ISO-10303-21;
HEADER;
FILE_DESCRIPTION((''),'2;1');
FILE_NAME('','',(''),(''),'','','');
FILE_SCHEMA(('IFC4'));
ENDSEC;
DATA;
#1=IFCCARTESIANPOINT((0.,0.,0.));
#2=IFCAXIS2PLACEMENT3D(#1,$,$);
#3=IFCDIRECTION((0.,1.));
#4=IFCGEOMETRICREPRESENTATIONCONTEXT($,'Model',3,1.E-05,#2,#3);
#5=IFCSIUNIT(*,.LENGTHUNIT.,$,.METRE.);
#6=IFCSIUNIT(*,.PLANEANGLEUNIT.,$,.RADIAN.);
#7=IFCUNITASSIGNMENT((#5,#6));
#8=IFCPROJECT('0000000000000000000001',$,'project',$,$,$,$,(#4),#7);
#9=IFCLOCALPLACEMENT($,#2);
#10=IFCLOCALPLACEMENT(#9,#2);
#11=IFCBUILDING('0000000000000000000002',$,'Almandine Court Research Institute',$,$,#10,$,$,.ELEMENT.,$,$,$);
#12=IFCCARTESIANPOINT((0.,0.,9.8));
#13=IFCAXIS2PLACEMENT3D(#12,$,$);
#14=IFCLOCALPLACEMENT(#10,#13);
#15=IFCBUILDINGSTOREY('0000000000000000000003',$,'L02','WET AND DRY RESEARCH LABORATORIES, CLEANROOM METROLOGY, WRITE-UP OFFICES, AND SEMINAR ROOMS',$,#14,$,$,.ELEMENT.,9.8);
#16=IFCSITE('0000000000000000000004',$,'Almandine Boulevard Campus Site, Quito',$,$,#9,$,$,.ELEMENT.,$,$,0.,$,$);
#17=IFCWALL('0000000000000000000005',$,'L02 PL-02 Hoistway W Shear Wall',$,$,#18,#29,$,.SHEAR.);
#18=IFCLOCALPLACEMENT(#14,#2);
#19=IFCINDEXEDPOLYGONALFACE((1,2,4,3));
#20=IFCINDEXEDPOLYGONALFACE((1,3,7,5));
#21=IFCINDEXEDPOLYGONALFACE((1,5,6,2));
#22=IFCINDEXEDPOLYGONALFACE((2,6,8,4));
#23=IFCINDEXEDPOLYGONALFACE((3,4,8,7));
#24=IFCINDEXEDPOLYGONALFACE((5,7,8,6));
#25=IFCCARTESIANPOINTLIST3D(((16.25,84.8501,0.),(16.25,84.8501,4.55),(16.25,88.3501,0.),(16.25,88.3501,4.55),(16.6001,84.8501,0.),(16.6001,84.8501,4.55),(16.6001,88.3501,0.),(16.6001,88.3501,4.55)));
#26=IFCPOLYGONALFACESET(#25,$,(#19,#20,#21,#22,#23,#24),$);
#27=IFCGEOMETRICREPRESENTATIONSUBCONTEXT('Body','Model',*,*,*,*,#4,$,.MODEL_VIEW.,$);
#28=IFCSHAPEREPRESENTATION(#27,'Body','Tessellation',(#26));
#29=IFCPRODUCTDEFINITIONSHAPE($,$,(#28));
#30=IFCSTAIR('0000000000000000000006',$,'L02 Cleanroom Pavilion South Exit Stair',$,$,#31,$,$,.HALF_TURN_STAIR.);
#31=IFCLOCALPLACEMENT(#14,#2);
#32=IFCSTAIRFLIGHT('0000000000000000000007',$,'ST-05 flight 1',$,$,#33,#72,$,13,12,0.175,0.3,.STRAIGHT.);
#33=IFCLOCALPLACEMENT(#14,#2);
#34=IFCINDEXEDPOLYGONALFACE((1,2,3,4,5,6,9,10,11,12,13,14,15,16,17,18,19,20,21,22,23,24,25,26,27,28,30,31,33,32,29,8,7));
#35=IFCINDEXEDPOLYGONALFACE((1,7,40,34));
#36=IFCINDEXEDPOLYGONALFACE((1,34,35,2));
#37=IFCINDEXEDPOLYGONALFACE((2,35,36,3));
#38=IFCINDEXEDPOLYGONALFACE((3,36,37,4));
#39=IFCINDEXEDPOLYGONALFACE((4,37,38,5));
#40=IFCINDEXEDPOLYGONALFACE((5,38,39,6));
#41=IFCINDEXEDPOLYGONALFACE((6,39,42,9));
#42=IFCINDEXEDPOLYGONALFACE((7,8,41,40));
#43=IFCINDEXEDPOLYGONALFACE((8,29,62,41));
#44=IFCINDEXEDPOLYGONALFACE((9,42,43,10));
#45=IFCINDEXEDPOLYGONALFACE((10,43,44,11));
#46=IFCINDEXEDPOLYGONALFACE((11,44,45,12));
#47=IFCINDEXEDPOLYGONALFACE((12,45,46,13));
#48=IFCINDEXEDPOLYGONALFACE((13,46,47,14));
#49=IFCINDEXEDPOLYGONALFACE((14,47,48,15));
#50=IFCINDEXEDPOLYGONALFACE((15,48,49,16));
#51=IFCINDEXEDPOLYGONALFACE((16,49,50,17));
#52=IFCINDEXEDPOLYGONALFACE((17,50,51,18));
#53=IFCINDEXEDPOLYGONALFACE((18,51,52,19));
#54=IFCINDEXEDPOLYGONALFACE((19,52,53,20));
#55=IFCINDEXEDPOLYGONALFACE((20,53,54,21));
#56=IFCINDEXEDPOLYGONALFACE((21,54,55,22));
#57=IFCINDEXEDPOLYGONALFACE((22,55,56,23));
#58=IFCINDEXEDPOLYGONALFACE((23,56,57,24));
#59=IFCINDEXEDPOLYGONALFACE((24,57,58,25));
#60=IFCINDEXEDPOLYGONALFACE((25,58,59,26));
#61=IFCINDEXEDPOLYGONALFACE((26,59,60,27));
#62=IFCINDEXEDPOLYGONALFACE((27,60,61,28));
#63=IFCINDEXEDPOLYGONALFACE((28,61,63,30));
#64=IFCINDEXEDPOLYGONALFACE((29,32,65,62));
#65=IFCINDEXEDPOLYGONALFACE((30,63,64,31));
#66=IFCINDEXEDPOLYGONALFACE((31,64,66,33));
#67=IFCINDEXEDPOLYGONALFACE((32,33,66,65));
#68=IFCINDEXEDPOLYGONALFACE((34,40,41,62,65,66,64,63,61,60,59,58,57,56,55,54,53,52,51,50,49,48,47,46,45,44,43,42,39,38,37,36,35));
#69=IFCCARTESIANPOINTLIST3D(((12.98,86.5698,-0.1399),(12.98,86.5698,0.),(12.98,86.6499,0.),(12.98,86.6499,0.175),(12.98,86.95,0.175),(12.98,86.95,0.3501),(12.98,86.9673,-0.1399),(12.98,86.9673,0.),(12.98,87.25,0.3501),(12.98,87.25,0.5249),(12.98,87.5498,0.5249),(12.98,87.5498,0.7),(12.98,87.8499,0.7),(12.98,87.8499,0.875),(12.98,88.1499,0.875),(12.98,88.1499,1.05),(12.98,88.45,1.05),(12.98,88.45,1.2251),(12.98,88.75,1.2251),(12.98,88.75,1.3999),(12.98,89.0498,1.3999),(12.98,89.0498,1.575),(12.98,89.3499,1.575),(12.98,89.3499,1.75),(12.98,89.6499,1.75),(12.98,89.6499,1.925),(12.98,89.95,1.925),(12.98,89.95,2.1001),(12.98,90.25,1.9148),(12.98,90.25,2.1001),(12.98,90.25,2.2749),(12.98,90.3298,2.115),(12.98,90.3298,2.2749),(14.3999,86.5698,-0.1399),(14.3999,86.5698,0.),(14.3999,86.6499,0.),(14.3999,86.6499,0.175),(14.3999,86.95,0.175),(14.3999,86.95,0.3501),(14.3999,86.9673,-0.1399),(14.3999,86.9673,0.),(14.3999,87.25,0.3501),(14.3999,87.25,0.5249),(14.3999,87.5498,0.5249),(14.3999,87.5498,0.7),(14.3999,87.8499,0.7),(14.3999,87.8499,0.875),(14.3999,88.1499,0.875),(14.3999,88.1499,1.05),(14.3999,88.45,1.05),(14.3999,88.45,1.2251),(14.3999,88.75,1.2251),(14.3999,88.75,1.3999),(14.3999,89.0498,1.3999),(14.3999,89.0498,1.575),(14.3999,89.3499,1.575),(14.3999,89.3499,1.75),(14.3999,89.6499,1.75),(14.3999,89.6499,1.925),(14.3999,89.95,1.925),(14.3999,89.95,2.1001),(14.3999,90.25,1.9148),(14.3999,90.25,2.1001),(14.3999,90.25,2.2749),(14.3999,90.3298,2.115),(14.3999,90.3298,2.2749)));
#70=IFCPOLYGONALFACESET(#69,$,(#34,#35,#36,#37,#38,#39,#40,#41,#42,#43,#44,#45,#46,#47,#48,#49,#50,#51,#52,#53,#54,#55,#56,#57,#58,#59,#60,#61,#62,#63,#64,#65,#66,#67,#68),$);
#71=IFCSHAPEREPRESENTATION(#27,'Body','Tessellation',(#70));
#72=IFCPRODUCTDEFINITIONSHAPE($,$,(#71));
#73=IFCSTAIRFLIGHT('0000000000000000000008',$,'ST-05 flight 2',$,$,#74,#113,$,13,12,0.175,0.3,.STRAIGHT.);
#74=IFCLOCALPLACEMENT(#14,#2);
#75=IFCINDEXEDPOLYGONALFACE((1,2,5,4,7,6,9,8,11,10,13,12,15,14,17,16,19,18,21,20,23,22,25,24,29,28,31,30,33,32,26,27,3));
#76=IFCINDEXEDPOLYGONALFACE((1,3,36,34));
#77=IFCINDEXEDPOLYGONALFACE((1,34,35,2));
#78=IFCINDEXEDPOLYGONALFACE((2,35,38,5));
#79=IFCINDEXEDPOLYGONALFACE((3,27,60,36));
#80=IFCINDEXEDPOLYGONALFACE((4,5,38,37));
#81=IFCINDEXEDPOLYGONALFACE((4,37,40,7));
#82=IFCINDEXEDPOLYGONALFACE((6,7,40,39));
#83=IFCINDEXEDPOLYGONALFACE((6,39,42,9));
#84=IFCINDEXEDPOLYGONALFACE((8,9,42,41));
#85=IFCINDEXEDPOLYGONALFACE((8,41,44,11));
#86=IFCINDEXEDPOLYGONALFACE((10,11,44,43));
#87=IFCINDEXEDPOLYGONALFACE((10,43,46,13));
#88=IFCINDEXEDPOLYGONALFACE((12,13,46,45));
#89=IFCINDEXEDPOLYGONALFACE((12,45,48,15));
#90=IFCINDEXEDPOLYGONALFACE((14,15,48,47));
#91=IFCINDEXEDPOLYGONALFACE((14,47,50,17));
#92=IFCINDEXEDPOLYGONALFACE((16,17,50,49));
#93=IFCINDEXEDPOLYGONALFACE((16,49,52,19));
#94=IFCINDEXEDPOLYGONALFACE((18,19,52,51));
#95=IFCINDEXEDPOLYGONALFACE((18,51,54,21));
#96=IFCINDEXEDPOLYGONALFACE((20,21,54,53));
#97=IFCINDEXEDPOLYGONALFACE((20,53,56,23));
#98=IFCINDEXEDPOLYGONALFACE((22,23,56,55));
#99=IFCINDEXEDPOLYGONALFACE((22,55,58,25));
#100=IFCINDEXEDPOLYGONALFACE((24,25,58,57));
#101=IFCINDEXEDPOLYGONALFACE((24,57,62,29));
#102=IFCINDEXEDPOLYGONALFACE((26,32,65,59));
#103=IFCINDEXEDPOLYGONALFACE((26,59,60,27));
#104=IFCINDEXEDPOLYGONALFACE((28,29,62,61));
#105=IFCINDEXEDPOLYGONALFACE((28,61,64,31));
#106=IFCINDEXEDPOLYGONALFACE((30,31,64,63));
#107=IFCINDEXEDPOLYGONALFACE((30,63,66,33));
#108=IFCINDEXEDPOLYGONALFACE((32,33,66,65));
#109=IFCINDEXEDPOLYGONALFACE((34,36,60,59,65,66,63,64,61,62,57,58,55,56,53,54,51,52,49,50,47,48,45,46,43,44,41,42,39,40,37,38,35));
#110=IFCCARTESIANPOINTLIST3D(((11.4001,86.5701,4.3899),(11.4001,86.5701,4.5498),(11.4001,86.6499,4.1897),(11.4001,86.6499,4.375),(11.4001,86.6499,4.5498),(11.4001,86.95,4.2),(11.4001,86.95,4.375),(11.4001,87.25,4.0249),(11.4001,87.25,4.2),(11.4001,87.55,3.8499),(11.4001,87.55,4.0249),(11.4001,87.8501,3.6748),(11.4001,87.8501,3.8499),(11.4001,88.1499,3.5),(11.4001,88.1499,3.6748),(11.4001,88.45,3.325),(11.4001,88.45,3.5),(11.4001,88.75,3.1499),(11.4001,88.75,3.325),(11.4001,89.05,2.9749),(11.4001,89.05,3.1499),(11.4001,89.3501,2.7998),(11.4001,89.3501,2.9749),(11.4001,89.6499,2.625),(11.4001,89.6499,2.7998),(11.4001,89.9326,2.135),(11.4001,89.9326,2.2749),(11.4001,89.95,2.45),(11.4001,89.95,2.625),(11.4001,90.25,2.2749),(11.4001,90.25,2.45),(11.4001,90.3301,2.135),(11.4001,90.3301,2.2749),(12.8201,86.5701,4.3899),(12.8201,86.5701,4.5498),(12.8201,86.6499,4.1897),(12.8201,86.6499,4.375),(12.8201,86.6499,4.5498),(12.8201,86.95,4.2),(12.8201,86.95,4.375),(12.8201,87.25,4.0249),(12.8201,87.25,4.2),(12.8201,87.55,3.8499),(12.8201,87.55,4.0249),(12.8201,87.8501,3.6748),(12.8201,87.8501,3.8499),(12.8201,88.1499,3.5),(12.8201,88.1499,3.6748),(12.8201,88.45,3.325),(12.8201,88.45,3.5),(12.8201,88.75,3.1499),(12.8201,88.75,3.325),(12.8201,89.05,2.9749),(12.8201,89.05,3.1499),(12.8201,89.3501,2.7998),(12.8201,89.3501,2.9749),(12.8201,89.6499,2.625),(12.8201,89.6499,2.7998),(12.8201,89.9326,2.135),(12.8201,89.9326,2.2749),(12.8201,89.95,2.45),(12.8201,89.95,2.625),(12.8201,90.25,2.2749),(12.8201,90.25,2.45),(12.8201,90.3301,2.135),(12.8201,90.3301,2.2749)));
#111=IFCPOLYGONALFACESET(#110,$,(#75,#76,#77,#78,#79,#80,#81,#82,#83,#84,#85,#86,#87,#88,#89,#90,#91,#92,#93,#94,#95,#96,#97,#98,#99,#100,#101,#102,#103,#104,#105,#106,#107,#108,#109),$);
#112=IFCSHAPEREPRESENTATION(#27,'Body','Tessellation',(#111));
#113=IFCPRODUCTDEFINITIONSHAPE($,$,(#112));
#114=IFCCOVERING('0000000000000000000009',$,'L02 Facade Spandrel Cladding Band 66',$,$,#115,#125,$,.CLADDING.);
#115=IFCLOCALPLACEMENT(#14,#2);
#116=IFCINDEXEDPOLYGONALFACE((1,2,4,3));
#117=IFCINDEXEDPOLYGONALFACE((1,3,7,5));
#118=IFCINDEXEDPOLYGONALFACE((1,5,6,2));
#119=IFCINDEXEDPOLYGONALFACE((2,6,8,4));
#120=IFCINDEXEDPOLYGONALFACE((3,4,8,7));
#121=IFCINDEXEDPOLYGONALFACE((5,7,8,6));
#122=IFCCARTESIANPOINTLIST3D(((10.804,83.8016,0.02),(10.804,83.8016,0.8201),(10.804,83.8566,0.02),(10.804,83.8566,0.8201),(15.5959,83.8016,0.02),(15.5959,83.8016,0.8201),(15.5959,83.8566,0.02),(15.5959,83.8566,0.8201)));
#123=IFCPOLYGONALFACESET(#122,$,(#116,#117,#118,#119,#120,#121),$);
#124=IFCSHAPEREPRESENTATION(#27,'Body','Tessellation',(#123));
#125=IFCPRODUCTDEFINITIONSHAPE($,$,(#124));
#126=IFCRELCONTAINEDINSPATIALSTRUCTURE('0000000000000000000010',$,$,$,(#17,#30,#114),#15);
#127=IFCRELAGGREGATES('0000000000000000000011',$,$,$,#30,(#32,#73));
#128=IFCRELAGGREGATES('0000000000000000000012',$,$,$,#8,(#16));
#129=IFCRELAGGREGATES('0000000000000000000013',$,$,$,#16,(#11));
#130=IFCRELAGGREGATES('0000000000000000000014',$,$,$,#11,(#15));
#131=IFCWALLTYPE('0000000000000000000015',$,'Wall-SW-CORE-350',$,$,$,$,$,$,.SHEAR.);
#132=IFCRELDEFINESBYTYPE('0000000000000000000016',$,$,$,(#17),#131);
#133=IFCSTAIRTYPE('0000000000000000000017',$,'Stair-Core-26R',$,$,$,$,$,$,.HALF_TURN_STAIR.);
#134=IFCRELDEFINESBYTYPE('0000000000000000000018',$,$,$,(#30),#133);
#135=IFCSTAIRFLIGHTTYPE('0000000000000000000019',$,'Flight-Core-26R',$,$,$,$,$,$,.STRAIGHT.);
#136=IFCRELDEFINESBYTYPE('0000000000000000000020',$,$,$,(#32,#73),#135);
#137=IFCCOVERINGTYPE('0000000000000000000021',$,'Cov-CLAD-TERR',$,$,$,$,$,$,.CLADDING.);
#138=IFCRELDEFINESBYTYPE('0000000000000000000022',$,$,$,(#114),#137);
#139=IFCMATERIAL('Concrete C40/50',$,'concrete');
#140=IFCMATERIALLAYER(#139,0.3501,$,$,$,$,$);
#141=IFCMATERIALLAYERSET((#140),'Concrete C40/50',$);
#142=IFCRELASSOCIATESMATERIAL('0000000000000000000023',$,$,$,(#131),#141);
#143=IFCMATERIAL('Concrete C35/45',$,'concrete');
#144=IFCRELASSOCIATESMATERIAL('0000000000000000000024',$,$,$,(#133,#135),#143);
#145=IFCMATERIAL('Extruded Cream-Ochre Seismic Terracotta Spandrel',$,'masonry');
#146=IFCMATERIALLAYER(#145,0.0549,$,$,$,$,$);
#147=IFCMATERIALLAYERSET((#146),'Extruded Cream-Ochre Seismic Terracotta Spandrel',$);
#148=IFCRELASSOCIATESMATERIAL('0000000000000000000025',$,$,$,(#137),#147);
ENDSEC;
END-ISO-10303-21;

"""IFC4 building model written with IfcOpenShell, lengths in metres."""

from ifc_helpers import new_model, si_unit, direction, frame, frame_2d, origin, origin_2d, place, context, subcontext, project, spatial, polyline, rectangle, outline, extrude, material, layer, layer_set, type_object, element, aggregate, save


model = new_model("IFC4")

# Units and contexts
model_context = context("Model", 3, precision=1e-05, world=origin(), true_north=direction((0.0, 1.0)))
body_context = subcontext(model_context, "Body", "Model", "MODEL_VIEW")
ifc_project = project(units=[si_unit("LENGTHUNIT", "METRE"), si_unit("PLANEANGLEUNIT", "RADIAN")], contexts=[model_context])

# Site, building, storey
site_placement = place(None, origin())
site = spatial("IfcSite", under=ifc_project, at=site_placement, Name="Almandine Boulevard Campus Site, Quito", CompositionType="ELEMENT", RefElevation=0.0)
building_placement = place(site_placement, origin())
building = spatial("IfcBuilding", under=site, at=building_placement, Name="Almandine Court Research Institute", CompositionType="ELEMENT")
storey_placement = place(building_placement, frame((0.0, 0.0, 9.8)))
storey = spatial("IfcBuildingStorey", under=building, at=storey_placement, Name="L02", Description="WET AND DRY RESEARCH LABORATORIES, CLEANROOM METROLOGY, WRITE-UP OFFICES, AND SEMINAR ROOMS", CompositionType="ELEMENT", Elevation=9.8)

# Wall
ifc_material_1 = material(Name="Concrete C40/50", Category="concrete")
ifc_layer_1 = layer(ifc_material_1, 0.3501)
ifc_layer_set_1 = layer_set([ifc_layer_1], Name="Concrete C40/50")
wall_type_1 = type_object("IfcWallType", Name="Wall-SW-CORE-350", PredefinedType="SHEAR", material=ifc_layer_set_1)
wall_1_placement = place(storey_placement, frame((16.425, 84.8501, 0.0), z_axis=(0.0, 0.0, 1.0), x_axis=(0.0, 1.0, 0.0)))
element("IfcWall", 1, at=wall_1_placement, inside=storey, type_object=wall_type_1, Name="L02 PL-02 Hoistway W Shear Wall", PredefinedType="SHEAR", context=body_context, shape_type="SweptSolid", body=[
    extrude(rectangle(XDim=3.5, YDim=0.3501, at=frame_2d((1.75, 0.0))), origin(), (0.0, 0.0, 1.0), 4.55),
])

# Stair, stair flights
ifc_material_2 = material(Name="Concrete C35/45", Category="concrete")
stair_type = type_object("IfcStairType", Name="Stair-Core-26R", PredefinedType="HALF_TURN_STAIR", material=ifc_material_2)
stair_placement = place(storey_placement, origin())
stair = element("IfcStair", 2, at=stair_placement, inside=storey, type_object=stair_type, Name="L02 Cleanroom Pavilion South Exit Stair", PredefinedType="HALF_TURN_STAIR")
stair_flight_type = type_object("IfcStairFlightType", Name="Flight-Core-26R", PredefinedType="STRAIGHT", material=ifc_material_2)
stair_flight_1_placement = place(storey_placement, frame((13.6899, 86.6499, 0.0), z_axis=(0.0, 0.0, 1.0), x_axis=(0.0, 1.0, 0.0)))
stair_flight_1 = element("IfcStairFlight", 3, at=stair_flight_1_placement, type_object=stair_flight_type, Name="ST-05 flight 1", NumberOfRisers=13, NumberOfTreads=12, PredefinedType="STRAIGHT", RiserHeight=0.175, TreadLength=0.3, context=body_context, shape_type="SweptSolid", body=[
    extrude(outline(polyline([(-0.0801, -0.1399), (-0.0801, 0.0), (0.0, 0.0), (0.0, 0.175), (0.3, 0.175), (0.3, 0.3501), (0.6001, 0.3501), (0.6001, 0.5249), (0.8999, 0.5249), (0.8999, 0.7), (1.2, 0.7), (1.2, 0.875), (1.5, 0.875), (1.5, 1.05), (1.8, 1.05), (1.8, 1.2251), (2.1001, 1.2251), (2.1001, 1.3999), (2.3999, 1.3999), (2.3999, 1.575), (2.7, 1.575), (2.7, 1.75), (3.0, 1.75), (3.0, 1.925), (3.3, 1.925), (3.3, 2.1001), (3.6001, 2.1001), (3.6001, 2.2749), (3.6799, 2.2749), (3.6799, 2.115), (3.6001, 1.9148), (0.3174, 0.0), (0.3174, -0.1399), (-0.0801, -0.1399)])), frame((0.0, 0.71, 0.0), z_axis=(0.0, -1.0, 0.0), x_axis=(1.0, 0.0, 0.0)), (0.0, 0.0, 1.0), 1.4199),
])
stair_flight_2_placement = place(storey_placement, frame((12.1101, 90.25, 2.2749), z_axis=(0.0, 0.0, 1.0), x_axis=(0.0, -1.0, 0.0)))
stair_flight_2 = element("IfcStairFlight", 4, at=stair_flight_2_placement, type_object=stair_flight_type, Name="ST-05 flight 2", NumberOfRisers=13, NumberOfTreads=12, PredefinedType="STRAIGHT", RiserHeight=0.175, TreadLength=0.3, context=body_context, shape_type="SweptSolid", body=[
    extrude(outline(polyline([(-0.0801, -0.1399), (-0.0801, 0.0), (0.0, 0.0), (0.0, 0.175), (0.3, 0.175), (0.3, 0.3501), (0.6001, 0.3501), (0.6001, 0.5249), (0.8999, 0.5249), (0.8999, 0.7), (1.2, 0.7), (1.2, 0.875), (1.5, 0.875), (1.5, 1.05), (1.8, 1.05), (1.8, 1.2251), (2.1001, 1.2251), (2.1001, 1.3999), (2.3999, 1.3999), (2.3999, 1.575), (2.7, 1.575), (2.7, 1.75), (3.0, 1.75), (3.0, 1.925), (3.3, 1.925), (3.3, 2.1001), (3.6001, 2.1001), (3.6001, 2.2749), (3.6799, 2.2749), (3.6799, 2.115), (3.6001, 1.9148), (0.3174, 0.0), (0.3174, -0.1399), (-0.0801, -0.1399)])), frame((0.0, 0.71, 0.0), z_axis=(0.0, -1.0, 0.0), x_axis=(1.0, 0.0, 0.0)), (0.0, 0.0, 1.0), 1.4199),
])
aggregate(stair, [stair_flight_1, stair_flight_2])

# Covering
ifc_material_3 = material(Name="Extruded Cream-Ochre Seismic Terracotta Spandrel", Category="masonry")
ifc_layer_2 = layer(ifc_material_3, 0.0549)
ifc_layer_set_2 = layer_set([ifc_layer_2], Name="Extruded Cream-Ochre Seismic Terracotta Spandrel")
covering_type = type_object("IfcCoveringType", Name="Cov-CLAD-TERR", PredefinedType="CLADDING", material=ifc_layer_set_2)
covering_placement = place(storey_placement, frame((13.2, 83.8291, 0.02), z_axis=(0.0, 0.0, 1.0), x_axis=(-1.0, 0.0, 0.0)))
element("IfcCovering", 5, at=covering_placement, inside=storey, type_object=covering_type, Name="L02 Facade Spandrel Cladding Band 66", PredefinedType="CLADDING", context=body_context, shape_type="SweptSolid", body=[
    extrude(rectangle(XDim=4.792, YDim=0.0549, at=origin_2d()), origin(), (0.0, 0.0, 1.0), 0.8),
])

save(model, "model.ifc")
